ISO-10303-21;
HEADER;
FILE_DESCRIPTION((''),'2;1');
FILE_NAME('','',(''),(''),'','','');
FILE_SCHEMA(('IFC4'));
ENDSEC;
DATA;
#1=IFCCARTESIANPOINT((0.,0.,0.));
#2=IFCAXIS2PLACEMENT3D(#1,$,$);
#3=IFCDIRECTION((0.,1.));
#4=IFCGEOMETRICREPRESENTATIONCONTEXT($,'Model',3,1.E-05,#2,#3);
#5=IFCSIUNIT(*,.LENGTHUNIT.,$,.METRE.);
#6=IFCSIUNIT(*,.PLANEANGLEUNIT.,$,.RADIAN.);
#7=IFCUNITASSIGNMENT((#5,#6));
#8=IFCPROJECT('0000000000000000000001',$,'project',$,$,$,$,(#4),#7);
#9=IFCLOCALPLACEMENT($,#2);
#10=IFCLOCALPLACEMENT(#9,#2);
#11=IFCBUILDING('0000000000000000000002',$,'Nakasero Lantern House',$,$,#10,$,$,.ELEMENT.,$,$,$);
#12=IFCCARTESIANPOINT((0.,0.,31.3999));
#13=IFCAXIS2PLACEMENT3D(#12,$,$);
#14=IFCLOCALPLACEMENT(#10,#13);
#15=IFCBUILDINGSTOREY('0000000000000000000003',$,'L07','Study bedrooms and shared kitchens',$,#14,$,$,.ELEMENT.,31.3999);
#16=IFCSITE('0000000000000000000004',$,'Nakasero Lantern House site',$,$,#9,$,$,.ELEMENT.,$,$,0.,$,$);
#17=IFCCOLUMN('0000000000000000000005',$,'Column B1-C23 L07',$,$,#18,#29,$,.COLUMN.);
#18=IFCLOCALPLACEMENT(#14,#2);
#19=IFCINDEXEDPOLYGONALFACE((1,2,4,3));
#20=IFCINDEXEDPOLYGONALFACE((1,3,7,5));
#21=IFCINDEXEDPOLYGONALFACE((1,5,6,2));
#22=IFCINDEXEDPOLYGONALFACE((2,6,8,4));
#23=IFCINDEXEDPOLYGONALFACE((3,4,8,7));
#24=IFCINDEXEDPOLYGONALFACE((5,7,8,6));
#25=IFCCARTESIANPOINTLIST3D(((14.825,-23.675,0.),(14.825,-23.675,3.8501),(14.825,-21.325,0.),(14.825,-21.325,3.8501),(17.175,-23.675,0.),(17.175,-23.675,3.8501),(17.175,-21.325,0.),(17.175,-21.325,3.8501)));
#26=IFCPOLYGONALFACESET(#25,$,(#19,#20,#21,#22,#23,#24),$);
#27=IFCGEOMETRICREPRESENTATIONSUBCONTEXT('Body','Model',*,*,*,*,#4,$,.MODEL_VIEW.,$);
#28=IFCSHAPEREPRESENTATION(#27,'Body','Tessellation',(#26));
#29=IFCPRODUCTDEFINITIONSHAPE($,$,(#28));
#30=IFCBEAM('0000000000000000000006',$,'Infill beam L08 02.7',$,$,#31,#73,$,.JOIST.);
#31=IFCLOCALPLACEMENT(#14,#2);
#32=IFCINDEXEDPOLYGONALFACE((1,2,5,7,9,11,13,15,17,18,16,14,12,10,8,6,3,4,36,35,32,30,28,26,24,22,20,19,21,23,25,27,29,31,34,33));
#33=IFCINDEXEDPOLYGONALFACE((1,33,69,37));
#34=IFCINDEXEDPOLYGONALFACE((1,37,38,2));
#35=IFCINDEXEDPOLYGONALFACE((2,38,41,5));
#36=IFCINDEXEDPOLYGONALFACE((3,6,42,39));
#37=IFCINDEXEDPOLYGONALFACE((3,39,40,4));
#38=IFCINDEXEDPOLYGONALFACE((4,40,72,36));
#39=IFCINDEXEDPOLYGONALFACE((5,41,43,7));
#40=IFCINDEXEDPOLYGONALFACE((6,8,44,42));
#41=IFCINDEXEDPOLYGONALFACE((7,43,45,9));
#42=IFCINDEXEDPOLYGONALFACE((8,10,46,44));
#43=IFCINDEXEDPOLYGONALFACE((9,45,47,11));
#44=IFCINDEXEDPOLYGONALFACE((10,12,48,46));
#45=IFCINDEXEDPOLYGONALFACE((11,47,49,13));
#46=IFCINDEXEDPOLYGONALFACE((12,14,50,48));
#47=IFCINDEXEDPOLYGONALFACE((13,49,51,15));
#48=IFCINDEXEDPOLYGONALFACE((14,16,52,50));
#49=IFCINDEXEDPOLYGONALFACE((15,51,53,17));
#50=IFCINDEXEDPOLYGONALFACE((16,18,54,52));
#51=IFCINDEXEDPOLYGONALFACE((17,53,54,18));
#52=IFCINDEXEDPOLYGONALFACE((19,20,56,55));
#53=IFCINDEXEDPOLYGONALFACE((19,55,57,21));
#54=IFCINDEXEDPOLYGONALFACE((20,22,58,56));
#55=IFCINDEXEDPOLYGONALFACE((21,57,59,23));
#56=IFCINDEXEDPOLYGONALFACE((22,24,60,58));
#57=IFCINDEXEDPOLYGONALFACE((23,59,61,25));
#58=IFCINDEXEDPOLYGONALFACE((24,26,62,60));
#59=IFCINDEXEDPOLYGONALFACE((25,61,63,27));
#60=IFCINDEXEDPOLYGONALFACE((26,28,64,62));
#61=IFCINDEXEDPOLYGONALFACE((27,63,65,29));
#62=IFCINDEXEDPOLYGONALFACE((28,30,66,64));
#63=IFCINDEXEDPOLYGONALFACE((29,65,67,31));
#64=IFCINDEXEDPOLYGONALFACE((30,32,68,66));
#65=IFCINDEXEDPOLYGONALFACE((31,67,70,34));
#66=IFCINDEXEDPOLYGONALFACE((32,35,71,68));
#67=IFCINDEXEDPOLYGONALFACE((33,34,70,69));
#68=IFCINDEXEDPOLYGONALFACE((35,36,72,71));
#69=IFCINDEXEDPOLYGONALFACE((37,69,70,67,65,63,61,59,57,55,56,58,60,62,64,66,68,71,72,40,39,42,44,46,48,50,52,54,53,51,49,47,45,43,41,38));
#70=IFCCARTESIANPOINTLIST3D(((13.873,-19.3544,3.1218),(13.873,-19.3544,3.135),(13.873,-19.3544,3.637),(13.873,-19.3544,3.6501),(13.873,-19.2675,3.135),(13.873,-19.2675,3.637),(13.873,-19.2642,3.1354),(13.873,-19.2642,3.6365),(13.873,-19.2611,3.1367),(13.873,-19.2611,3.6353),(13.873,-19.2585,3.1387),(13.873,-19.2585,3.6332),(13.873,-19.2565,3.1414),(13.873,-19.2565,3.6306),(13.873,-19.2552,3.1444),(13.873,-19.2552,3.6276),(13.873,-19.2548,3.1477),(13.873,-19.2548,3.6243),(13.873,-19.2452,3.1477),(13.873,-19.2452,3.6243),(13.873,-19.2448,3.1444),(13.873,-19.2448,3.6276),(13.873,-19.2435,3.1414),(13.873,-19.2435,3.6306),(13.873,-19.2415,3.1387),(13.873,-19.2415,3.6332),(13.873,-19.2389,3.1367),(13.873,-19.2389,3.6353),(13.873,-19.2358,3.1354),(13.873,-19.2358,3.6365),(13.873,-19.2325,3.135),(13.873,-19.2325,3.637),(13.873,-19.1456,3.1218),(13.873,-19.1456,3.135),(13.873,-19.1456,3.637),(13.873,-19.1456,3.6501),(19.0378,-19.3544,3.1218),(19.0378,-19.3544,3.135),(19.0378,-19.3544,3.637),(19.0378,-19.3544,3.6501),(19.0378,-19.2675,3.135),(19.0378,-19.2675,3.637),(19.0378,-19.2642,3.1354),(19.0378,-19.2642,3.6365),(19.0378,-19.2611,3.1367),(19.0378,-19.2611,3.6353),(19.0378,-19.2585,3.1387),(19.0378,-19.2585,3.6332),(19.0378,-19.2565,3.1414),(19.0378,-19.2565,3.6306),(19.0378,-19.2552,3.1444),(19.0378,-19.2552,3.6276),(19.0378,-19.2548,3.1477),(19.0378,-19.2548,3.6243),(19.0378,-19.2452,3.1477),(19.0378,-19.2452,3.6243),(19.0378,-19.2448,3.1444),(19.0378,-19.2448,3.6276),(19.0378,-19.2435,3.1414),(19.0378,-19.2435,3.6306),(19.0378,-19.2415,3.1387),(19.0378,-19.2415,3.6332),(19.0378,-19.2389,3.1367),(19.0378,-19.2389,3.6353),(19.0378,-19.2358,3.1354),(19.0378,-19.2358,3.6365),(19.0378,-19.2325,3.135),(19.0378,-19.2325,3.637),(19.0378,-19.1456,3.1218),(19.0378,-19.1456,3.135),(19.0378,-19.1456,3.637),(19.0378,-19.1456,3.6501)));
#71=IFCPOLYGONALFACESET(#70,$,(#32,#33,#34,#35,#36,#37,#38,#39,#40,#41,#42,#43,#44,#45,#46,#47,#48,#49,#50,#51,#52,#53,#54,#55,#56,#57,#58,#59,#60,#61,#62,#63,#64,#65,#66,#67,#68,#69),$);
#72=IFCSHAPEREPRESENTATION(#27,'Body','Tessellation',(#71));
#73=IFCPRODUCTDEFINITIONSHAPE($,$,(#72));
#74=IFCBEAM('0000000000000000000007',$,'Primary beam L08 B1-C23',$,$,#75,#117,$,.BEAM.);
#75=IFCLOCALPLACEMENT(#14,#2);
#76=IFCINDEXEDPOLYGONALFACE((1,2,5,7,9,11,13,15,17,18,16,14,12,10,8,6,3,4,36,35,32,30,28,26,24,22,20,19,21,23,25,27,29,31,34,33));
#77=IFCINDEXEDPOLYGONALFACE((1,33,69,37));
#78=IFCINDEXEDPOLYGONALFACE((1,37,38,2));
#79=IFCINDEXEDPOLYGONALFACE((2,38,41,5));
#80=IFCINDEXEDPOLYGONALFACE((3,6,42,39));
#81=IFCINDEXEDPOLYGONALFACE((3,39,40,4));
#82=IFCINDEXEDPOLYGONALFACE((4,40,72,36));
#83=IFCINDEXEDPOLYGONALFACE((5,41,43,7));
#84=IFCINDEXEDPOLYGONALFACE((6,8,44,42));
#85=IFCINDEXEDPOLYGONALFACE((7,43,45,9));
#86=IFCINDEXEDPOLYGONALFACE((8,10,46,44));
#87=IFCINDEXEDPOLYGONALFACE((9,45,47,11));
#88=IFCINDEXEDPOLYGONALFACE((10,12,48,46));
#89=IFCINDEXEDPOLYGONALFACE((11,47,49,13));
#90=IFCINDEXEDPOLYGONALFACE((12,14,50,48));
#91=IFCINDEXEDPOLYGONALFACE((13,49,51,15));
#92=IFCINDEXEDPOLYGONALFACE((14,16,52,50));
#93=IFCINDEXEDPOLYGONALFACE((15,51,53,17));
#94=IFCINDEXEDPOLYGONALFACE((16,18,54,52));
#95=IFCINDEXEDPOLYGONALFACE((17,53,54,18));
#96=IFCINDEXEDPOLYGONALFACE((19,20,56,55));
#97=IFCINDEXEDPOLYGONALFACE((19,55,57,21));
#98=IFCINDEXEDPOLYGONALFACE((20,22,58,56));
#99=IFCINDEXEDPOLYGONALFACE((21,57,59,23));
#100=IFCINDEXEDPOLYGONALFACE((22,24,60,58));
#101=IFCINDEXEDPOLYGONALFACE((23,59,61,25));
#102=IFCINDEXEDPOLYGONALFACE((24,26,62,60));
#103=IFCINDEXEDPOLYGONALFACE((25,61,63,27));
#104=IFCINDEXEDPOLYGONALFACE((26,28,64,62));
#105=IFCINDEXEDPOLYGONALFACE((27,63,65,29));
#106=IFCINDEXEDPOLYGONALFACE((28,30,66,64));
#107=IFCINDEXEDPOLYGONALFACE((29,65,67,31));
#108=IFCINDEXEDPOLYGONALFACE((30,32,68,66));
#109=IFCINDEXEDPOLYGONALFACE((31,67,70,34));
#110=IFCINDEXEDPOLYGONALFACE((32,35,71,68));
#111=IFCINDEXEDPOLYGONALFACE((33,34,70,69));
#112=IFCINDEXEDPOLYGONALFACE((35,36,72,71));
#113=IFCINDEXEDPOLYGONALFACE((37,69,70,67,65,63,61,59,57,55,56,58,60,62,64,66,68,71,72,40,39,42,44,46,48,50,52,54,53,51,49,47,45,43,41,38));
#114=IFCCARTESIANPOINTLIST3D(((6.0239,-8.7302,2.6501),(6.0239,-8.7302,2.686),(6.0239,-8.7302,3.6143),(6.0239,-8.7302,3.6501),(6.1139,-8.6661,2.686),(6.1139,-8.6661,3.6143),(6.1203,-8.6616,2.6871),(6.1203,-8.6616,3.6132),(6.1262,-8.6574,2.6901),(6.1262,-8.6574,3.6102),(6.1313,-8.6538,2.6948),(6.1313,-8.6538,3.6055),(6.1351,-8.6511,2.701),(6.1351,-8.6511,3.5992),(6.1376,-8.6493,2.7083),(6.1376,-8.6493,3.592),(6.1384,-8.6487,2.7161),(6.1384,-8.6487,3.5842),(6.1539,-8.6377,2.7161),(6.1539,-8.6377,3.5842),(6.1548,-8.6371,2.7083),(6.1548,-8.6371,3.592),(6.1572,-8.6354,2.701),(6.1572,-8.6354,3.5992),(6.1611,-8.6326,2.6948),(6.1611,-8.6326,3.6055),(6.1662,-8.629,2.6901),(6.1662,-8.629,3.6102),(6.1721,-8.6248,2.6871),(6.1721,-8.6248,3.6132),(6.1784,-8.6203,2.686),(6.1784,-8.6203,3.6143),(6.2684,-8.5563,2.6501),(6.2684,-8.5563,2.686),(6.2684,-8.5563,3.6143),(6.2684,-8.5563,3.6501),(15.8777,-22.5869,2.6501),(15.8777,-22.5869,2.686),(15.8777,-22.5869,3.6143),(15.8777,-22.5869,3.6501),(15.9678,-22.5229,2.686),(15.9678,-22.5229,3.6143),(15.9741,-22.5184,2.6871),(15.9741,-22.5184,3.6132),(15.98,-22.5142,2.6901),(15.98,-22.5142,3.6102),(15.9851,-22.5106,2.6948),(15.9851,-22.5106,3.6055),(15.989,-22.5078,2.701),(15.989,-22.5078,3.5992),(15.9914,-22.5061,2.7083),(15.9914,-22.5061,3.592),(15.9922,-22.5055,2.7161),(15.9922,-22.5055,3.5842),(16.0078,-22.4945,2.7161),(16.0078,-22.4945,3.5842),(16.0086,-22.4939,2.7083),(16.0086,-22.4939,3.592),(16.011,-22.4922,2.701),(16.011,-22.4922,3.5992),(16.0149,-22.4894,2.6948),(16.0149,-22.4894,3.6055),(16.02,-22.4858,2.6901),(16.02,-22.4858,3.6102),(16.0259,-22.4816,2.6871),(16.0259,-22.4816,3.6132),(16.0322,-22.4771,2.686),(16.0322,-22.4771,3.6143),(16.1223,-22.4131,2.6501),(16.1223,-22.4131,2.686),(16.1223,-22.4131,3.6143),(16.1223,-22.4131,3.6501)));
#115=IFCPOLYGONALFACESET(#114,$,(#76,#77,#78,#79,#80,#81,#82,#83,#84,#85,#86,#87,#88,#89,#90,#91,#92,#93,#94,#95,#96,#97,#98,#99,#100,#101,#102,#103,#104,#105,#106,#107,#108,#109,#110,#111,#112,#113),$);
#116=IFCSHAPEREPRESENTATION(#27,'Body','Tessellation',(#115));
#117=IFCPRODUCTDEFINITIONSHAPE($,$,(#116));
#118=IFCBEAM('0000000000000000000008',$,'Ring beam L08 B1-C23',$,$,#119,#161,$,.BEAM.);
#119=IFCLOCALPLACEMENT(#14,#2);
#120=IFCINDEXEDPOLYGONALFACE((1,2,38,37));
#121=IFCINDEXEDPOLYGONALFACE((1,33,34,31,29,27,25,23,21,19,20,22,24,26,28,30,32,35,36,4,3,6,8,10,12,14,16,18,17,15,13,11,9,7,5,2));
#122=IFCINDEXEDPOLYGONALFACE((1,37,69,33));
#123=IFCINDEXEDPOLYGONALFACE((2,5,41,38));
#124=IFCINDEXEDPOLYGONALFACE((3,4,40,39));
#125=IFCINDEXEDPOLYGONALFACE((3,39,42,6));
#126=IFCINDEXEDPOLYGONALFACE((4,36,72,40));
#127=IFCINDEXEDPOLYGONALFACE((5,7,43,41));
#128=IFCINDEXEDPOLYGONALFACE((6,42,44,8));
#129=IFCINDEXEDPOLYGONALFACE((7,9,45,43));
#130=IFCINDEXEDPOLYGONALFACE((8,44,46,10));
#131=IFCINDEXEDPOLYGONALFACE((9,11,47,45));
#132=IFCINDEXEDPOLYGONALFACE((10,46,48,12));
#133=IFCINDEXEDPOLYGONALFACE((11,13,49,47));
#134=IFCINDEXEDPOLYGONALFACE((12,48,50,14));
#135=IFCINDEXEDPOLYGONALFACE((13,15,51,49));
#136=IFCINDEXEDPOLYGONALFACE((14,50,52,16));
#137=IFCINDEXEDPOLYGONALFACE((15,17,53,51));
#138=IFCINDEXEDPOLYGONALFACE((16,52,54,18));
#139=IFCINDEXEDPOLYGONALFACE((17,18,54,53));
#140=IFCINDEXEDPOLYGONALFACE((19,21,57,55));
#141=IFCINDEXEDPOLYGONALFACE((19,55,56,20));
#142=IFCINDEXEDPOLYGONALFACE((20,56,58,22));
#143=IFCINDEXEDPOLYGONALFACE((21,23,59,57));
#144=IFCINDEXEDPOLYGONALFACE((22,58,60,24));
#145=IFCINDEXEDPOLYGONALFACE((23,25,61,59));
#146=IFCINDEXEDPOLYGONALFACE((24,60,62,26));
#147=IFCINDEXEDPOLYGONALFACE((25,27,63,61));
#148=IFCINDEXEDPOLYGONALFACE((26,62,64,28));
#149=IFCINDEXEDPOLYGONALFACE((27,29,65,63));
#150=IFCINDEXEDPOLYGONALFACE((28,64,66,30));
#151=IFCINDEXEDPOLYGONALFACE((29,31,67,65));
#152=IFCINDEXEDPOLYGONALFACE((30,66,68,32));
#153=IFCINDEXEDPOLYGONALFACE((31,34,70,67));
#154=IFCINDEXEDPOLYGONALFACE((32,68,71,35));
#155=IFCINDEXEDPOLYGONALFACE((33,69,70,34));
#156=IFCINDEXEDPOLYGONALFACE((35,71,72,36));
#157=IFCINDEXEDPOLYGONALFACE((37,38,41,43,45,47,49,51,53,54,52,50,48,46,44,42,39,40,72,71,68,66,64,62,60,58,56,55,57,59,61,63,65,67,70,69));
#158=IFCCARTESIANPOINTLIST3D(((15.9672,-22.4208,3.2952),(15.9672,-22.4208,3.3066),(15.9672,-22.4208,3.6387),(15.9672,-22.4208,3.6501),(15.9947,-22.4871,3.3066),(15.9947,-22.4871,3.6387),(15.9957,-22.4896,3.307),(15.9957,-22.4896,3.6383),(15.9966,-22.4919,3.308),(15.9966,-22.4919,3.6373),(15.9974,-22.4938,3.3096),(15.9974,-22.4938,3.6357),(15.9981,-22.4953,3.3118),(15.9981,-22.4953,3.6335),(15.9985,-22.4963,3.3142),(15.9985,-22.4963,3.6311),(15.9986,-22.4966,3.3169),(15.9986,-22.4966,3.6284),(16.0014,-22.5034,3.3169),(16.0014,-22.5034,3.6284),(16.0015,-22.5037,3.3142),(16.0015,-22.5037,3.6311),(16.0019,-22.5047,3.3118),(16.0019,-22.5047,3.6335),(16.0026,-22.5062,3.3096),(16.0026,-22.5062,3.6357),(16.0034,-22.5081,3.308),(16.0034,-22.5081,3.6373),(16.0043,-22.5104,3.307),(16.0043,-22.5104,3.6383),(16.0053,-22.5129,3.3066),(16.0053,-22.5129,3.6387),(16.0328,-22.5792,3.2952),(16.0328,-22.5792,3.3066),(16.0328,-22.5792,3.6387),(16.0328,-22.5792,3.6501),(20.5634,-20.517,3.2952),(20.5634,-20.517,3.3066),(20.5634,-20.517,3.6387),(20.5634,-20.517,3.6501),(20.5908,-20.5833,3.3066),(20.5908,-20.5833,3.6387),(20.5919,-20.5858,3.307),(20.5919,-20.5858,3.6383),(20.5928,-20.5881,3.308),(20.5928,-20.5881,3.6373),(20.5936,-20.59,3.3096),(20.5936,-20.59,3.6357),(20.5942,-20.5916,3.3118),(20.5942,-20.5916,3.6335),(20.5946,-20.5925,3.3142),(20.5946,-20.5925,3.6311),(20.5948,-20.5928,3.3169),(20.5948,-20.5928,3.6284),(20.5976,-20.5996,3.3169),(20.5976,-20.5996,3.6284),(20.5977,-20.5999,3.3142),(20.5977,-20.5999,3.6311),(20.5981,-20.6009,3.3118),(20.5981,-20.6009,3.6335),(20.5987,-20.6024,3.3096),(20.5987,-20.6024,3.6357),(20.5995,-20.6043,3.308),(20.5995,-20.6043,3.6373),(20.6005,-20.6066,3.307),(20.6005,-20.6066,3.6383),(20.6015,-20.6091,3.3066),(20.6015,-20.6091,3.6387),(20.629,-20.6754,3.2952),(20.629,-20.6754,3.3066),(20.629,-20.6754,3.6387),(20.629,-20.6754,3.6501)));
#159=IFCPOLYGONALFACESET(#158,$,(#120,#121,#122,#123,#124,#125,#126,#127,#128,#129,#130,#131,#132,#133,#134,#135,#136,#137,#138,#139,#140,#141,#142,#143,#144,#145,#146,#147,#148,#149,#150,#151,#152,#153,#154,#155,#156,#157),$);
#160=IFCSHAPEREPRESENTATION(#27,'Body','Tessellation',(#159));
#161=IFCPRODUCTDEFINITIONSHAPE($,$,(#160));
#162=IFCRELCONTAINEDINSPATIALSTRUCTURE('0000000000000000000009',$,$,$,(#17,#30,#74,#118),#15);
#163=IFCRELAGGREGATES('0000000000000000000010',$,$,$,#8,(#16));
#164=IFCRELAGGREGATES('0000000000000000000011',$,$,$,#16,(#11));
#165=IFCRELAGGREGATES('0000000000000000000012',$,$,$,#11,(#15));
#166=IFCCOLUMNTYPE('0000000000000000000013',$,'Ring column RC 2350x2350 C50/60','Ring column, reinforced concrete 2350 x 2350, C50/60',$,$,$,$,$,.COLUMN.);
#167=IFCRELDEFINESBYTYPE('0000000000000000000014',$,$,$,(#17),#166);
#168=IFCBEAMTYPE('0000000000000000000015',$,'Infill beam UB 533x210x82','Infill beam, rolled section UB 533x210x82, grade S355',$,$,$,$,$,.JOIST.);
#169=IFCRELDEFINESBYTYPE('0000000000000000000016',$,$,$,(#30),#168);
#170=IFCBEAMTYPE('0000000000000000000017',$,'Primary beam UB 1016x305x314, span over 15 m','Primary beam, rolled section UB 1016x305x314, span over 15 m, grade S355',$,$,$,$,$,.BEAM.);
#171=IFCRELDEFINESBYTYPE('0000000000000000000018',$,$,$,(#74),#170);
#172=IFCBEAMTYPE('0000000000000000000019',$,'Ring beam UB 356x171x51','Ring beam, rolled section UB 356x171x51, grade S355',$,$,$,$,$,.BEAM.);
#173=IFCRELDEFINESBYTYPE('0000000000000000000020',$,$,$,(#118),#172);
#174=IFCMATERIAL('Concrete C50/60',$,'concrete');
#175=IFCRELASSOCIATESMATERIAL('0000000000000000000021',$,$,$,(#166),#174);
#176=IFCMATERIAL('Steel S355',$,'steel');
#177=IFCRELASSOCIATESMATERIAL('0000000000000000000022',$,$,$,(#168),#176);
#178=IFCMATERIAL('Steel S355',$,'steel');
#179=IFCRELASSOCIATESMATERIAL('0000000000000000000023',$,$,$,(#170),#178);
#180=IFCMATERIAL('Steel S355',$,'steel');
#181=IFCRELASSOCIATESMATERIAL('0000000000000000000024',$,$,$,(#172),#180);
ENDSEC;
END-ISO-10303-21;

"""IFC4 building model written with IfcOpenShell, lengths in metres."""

from ifc_helpers import new_model, si_unit, direction, frame, origin, origin_2d, place, context, subcontext, project, spatial, rectangle, i_section, extrude, material, material_profile, profile_set, type_object, element, save


model = new_model("IFC4")

# Units and contexts
model_context = context("Model", 3, precision=1e-05, world=origin(), true_north=direction((0.0, 1.0)))
body_context = subcontext(model_context, "Body", "Model", "MODEL_VIEW")
ifc_project = project(units=[si_unit("LENGTHUNIT", "METRE"), si_unit("PLANEANGLEUNIT", "RADIAN")], contexts=[model_context])

# Site, building, storey
site_placement = place(None, origin())
site = spatial("IfcSite", under=ifc_project, at=site_placement, Name="Nakasero Lantern House site", CompositionType="ELEMENT", RefElevation=0.0)
building_placement = place(site_placement, origin())
building = spatial("IfcBuilding", under=site, at=building_placement, Name="Nakasero Lantern House", CompositionType="ELEMENT")
storey_placement = place(building_placement, frame((0.0, 0.0, 31.3999)))
storey = spatial("IfcBuildingStorey", under=building, at=storey_placement, Name="L07", Description="Study bedrooms and shared kitchens", CompositionType="ELEMENT", Elevation=31.3999)

# Column
ifc_material_1 = material(Name="Concrete C50/60", Category="concrete")
ifc_material_profile_1 = material_profile(ifc_material_1, rectangle(XDim=2.3501, YDim=2.3501, at=origin_2d()), Name="RC 2350x2350")
ifc_profile_set_1 = profile_set([ifc_material_profile_1], Name="Concrete C50/60")
column_type = type_object("IfcColumnType", Name="Ring column RC 2350x2350 C50/60", Description="Ring column, reinforced concrete 2350 x 2350, C50/60", PredefinedType="COLUMN", material=ifc_profile_set_1)
column_placement = place(storey_placement, frame((16.0, -22.5, 0.0), z_axis=(0.0, 0.0, 1.0), x_axis=(1.0, 0.0, 0.0)))
element("IfcColumn", 1, at=column_placement, inside=storey, type_object=column_type, Name="Column B1-C23 L07", PredefinedType="COLUMN", context=body_context, shape_type="SweptSolid", body=[
    extrude(rectangle(XDim=2.3501, YDim=2.3501, at=origin_2d()), origin(), (0.0, 0.0, 1.0), 3.8501),
])

# Beams
ifc_material_2 = material(Name="Steel S355", Category="steel")
ifc_material_profile_2 = material_profile(ifc_material_2, i_section(OverallWidth=0.2087, OverallDepth=0.5283, WebThickness=0.0095, FlangeThickness=0.0132, FilletRadius=0.0127, at=origin_2d()), Name="UB 533x210x82")
ifc_profile_set_2 = profile_set([ifc_material_profile_2], Name="Steel S355")
beam_type_1 = type_object("IfcBeamType", Name="Infill beam UB 533x210x82", Description="Infill beam, rolled section UB 533x210x82, grade S355", PredefinedType="JOIST", material=ifc_profile_set_2)
beam_1_placement = place(storey_placement, frame((13.873, -19.25, 3.386), z_axis=(1.0, 0.0, 0.0), x_axis=(0.0, 1.0, 0.0)))
element("IfcBeam", 2, at=beam_1_placement, inside=storey, type_object=beam_type_1, Name="Infill beam L08 02.7", PredefinedType="JOIST", context=body_context, shape_type="SweptSolid", body=[
    extrude(i_section(OverallWidth=0.2087, OverallDepth=0.5283, WebThickness=0.0095, FlangeThickness=0.0132, FilletRadius=0.0127, at=origin_2d()), origin(), (0.0, 0.0, 1.0), 5.1648),
])
ifc_material_3 = material(Name="Steel S355", Category="steel")
ifc_material_profile_3 = material_profile(ifc_material_3, i_section(OverallWidth=0.3, OverallDepth=1.0, WebThickness=0.019, FlangeThickness=0.0359, FilletRadius=0.03, at=origin_2d()), Name="UB 1016x305x314")
ifc_profile_set_3 = profile_set([ifc_material_profile_3], Name="Steel S355")
beam_type_2 = type_object("IfcBeamType", Name="Primary beam UB 1016x305x314, span over 15 m", Description="Primary beam, rolled section UB 1016x305x314, span over 15 m, grade S355", PredefinedType="BEAM", material=ifc_profile_set_3)
beam_2_placement = place(storey_placement, frame((16.0, -22.5, 3.1501), z_axis=(-0.579528, 0.814952, 0.0), x_axis=(-0.814952, -0.579528, 0.0)))
element("IfcBeam", 3, at=beam_2_placement, inside=storey, type_object=beam_type_2, Name="Primary beam L08 B1-C23", PredefinedType="BEAM", context=body_context, shape_type="SweptSolid", body=[
    extrude(i_section(OverallWidth=0.3, OverallDepth=1.0, WebThickness=0.019, FlangeThickness=0.0359, FilletRadius=0.03, at=origin_2d()), origin(), (0.0, 0.0, 1.0), 17.0032),
])
ifc_material_4 = material(Name="Steel S355", Category="steel")
ifc_material_profile_4 = material_profile(ifc_material_4, i_section(OverallWidth=0.1714, OverallDepth=0.355, WebThickness=0.0073, FlangeThickness=0.0115, FilletRadius=0.0103, at=origin_2d()), Name="UB 356x171x51")
ifc_profile_set_4 = profile_set([ifc_material_profile_4], Name="Steel S355")
beam_type_3 = type_object("IfcBeamType", Name="Ring beam UB 356x171x51", Description="Ring beam, rolled section UB 356x171x51, grade S355", PredefinedType="BEAM", material=ifc_profile_set_4)
beam_3_placement = place(storey_placement, frame((16.0, -22.5, 3.4727), z_axis=(0.923879, 0.382684, 0.0), x_axis=(-0.382684, 0.923879, 0.0)))
element("IfcBeam", 4, at=beam_3_placement, inside=storey, type_object=beam_type_3, Name="Ring beam L08 B1-C23", PredefinedType="BEAM", context=body_context, shape_type="SweptSolid", body=[
    extrude(i_section(OverallWidth=0.1714, OverallDepth=0.355, WebThickness=0.0073, FlangeThickness=0.0115, FilletRadius=0.0103, at=origin_2d()), origin(), (0.0, 0.0, 1.0), 4.9749),
])

save(model, "model.ifc")
